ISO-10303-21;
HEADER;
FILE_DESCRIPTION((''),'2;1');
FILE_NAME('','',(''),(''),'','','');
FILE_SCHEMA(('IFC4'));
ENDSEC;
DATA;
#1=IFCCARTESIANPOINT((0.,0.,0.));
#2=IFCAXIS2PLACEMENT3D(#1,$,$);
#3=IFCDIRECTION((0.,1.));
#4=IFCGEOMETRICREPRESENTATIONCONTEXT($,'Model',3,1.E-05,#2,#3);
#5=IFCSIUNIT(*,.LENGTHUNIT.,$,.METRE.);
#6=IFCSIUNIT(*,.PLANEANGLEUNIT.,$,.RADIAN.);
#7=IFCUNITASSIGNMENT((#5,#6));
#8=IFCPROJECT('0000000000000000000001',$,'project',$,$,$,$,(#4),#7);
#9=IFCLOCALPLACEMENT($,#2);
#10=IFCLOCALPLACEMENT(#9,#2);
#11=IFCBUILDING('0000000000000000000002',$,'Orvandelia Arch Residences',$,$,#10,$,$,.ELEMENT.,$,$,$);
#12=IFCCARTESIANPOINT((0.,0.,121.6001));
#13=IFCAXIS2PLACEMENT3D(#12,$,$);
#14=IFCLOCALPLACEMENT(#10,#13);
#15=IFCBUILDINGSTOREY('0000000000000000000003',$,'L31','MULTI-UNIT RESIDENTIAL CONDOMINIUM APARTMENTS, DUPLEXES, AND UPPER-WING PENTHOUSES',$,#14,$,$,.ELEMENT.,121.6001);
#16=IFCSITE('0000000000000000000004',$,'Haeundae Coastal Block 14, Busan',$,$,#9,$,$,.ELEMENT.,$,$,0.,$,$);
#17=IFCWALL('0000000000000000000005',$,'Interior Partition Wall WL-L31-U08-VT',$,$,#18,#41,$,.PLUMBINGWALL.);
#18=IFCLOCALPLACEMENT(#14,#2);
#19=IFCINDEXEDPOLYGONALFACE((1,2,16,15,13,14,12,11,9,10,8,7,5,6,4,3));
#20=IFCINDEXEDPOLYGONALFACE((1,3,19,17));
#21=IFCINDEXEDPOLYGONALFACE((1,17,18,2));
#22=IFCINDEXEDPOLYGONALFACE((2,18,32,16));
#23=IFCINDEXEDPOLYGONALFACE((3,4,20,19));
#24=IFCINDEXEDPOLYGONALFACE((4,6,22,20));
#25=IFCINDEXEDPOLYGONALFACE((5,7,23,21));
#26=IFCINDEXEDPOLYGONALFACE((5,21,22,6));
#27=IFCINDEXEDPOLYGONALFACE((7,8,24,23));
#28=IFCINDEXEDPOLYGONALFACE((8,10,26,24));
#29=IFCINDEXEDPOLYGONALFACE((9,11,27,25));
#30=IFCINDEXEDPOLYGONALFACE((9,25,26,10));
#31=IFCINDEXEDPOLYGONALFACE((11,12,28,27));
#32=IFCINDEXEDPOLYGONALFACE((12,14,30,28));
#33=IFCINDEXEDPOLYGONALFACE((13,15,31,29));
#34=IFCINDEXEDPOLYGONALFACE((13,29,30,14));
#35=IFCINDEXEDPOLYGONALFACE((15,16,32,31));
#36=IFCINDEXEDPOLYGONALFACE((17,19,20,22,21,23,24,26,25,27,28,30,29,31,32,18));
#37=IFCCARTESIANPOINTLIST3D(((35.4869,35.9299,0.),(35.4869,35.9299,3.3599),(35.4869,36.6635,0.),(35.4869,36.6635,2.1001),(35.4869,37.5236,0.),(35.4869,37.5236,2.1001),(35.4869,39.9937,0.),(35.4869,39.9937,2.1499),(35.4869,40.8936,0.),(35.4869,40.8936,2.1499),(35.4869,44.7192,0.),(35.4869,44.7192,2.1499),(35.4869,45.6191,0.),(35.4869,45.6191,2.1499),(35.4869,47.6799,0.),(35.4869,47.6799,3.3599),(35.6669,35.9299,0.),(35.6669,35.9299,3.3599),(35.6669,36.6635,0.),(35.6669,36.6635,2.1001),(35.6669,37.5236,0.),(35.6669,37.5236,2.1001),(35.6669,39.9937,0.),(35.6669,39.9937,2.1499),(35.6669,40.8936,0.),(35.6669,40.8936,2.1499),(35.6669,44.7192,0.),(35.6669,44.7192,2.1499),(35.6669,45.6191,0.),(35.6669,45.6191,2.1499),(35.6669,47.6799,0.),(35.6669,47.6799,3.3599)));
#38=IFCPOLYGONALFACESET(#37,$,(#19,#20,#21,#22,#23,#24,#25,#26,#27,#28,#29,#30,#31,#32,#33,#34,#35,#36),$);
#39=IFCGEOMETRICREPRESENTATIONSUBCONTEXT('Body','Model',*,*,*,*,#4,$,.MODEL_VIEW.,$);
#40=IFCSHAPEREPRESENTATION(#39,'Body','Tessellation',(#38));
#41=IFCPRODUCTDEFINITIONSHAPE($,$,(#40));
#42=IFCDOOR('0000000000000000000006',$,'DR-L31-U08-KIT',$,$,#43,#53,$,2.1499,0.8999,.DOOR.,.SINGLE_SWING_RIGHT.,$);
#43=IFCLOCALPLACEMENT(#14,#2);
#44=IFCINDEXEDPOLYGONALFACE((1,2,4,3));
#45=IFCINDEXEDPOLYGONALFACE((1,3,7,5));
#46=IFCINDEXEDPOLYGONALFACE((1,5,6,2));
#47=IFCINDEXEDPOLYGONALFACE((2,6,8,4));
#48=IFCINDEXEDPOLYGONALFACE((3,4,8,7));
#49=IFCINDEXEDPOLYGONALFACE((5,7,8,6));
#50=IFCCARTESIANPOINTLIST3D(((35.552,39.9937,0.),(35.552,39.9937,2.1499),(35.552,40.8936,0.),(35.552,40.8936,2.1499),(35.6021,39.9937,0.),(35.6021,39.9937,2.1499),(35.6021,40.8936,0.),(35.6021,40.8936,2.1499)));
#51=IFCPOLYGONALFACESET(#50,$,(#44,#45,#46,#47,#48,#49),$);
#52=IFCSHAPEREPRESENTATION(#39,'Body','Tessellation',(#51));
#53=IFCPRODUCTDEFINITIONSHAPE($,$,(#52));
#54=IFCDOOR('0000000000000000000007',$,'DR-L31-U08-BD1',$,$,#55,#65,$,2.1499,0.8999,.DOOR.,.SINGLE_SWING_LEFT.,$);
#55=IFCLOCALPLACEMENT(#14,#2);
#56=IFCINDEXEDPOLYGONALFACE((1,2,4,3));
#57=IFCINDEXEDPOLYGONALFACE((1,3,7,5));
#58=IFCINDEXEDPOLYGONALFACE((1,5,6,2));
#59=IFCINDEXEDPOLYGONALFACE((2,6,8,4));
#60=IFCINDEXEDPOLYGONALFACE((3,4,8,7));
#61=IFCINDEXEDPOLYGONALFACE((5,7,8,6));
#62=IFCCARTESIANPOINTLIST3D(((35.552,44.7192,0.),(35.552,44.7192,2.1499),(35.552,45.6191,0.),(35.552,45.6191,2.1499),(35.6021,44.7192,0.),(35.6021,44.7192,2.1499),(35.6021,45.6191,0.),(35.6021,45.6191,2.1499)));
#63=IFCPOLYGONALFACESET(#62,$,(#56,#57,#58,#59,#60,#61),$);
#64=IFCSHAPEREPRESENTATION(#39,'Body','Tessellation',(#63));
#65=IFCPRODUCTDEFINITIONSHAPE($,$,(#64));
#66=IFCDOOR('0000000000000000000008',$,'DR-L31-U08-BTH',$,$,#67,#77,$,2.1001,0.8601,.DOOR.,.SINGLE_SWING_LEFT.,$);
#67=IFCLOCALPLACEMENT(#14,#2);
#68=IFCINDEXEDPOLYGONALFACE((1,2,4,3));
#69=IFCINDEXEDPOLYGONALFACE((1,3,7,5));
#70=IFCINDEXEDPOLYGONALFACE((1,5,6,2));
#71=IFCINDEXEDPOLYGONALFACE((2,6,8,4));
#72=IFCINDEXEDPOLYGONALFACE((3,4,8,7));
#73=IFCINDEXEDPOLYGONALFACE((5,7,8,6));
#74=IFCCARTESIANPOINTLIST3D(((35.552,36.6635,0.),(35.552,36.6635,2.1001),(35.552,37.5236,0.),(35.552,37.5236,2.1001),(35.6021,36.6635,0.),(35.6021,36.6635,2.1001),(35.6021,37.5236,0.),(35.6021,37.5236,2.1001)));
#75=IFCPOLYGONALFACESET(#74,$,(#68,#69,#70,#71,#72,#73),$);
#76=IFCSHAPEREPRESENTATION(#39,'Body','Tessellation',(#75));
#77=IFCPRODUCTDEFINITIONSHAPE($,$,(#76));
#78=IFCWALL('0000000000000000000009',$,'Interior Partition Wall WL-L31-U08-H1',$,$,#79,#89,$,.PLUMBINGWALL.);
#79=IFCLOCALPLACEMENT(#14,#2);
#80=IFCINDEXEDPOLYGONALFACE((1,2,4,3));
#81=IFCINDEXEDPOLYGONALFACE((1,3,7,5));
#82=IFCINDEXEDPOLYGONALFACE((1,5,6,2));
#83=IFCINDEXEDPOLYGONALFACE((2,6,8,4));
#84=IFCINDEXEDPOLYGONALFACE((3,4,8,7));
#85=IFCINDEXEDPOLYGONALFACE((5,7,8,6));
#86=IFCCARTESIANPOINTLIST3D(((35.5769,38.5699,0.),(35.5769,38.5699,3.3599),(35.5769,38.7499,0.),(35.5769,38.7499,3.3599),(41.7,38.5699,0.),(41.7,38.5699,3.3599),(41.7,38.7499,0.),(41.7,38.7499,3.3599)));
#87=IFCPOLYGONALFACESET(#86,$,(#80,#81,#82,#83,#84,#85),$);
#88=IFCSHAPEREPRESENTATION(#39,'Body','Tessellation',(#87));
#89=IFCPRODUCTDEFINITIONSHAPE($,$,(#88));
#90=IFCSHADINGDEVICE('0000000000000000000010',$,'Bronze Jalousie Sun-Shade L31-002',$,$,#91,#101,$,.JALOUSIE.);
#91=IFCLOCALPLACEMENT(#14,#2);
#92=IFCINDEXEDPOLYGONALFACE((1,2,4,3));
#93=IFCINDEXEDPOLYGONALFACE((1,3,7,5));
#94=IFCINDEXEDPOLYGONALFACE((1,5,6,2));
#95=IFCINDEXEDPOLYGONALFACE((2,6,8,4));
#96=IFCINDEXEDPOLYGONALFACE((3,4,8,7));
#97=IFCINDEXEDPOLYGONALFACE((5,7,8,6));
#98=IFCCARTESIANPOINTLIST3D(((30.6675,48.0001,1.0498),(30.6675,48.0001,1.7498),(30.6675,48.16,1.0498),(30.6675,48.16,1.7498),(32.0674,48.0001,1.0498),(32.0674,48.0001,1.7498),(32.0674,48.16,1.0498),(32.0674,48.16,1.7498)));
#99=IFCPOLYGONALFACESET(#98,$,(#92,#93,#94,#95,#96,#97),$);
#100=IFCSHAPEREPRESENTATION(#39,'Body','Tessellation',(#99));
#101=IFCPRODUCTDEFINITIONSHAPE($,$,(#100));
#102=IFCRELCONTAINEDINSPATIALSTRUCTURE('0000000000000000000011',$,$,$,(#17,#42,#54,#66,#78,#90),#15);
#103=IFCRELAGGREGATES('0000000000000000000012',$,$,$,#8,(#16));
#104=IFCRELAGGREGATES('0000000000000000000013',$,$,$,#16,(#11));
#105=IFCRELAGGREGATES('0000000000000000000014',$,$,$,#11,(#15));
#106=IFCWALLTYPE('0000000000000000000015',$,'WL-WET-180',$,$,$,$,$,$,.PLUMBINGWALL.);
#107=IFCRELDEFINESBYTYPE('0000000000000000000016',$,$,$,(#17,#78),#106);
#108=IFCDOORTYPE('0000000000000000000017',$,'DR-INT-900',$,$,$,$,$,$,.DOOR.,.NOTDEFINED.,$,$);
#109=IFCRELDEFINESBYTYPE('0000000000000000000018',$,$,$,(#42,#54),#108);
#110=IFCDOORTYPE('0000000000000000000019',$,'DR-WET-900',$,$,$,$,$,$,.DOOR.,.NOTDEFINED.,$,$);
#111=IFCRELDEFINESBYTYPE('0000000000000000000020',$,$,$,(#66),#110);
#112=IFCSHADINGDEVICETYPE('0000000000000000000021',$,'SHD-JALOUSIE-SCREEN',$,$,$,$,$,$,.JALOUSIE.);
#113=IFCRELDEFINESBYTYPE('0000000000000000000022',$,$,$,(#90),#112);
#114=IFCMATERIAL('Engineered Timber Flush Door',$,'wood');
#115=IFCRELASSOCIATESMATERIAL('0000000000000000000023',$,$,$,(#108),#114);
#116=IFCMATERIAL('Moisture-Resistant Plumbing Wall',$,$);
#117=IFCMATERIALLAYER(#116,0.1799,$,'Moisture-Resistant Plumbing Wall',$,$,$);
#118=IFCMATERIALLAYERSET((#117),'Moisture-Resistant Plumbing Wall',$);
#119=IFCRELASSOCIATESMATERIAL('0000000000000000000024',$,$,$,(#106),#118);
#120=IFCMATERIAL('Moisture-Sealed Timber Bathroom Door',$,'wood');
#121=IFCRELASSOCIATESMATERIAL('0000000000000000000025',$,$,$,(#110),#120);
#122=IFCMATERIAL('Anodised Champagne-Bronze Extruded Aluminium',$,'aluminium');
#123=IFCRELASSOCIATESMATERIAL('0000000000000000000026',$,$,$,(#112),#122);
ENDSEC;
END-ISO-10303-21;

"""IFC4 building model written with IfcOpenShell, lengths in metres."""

from ifc_helpers import new_model, si_unit, direction, frame, frame_2d, origin, origin_2d, place, context, subcontext, project, spatial, rectangle, extrude, material, layer, layer_set, type_object, element, fill, save


model = new_model("IFC4")

# Units and contexts
model_context = context("Model", 3, precision=1e-05, world=origin(), true_north=direction((0.0, 1.0)))
body_context = subcontext(model_context, "Body", "Model", "MODEL_VIEW")
ifc_project = project(units=[si_unit("LENGTHUNIT", "METRE"), si_unit("PLANEANGLEUNIT", "RADIAN")], contexts=[model_context])

# Site, building, storey
site_placement = place(None, origin())
site = spatial("IfcSite", under=ifc_project, at=site_placement, Name="Haeundae Coastal Block 14, Busan", CompositionType="ELEMENT", RefElevation=0.0)
building_placement = place(site_placement, origin())
building = spatial("IfcBuilding", under=site, at=building_placement, Name="Orvandelia Arch Residences", CompositionType="ELEMENT")
storey_placement = place(building_placement, frame((0.0, 0.0, 121.6001)))
storey = spatial("IfcBuildingStorey", under=building, at=storey_placement, Name="L31", Description="MULTI-UNIT RESIDENTIAL CONDOMINIUM APARTMENTS, DUPLEXES, AND UPPER-WING PENTHOUSES", CompositionType="ELEMENT", Elevation=121.6001)

# Shared definitions
ifc_material_1 = material(Name="Engineered Timber Flush Door", Category="wood")
door_type_1 = type_object("IfcDoorType", Name="DR-INT-900", OperationType="NOTDEFINED", PredefinedType="DOOR", material=ifc_material_1)

# Wall, openings, doors
ifc_material_2 = material(Name="Moisture-Resistant Plumbing Wall")
ifc_layer_1 = layer(ifc_material_2, 0.1799, Name="Moisture-Resistant Plumbing Wall")
ifc_layer_set_1 = layer_set([ifc_layer_1], Name="Moisture-Resistant Plumbing Wall")
wall_type_1 = type_object("IfcWallType", Name="WL-WET-180", PredefinedType="PLUMBINGWALL", material=ifc_layer_set_1)
wall_1_placement = place(storey_placement, frame((35.5769, 35.9299, 0.0), z_axis=(0.0, 0.0, 1.0), x_axis=(0.0, 1.0, 0.0)))
wall_1 = element("IfcWall", 1, at=wall_1_placement, inside=storey, type_object=wall_type_1, Name="Interior Partition Wall WL-L31-U08-VT", PredefinedType="PLUMBINGWALL", context=body_context, shape_type="SweptSolid", body=[
    extrude(rectangle(XDim=11.75, YDim=0.1799, at=frame_2d((5.875, 0.0))), origin(), (0.0, 0.0, 1.0), 3.3599),
])
opening_1_placement = place(wall_1_placement, frame((0.7334, 0.0, 0.0)))
opening_1 = element("IfcOpeningElement", 2, at=opening_1_placement, cuts=wall_1, PredefinedType="OPENING", context=body_context, shape_type="SweptSolid", body=[
    extrude(rectangle(XDim=0.8601, YDim=2.1001, at=frame_2d((0.4302, 1.05))), frame((0.0, 0.1001, 0.0), z_axis=(0.0, -1.0, 0.0), x_axis=(1.0, 0.0, 0.0)), (0.0, 0.0, 1.0), 0.2),
])
opening_2_placement = place(wall_1_placement, frame((4.0637, 0.0, 0.0)))
opening_2 = element("IfcOpeningElement", 3, at=opening_2_placement, cuts=wall_1, PredefinedType="OPENING", context=body_context, shape_type="SweptSolid", body=[
    extrude(rectangle(XDim=0.8999, YDim=2.1499, at=frame_2d((0.45, 1.075))), frame((0.0, 0.1001, 0.0), z_axis=(0.0, -1.0, 0.0), x_axis=(1.0, 0.0, 0.0)), (0.0, 0.0, 1.0), 0.2),
])
opening_3_placement = place(wall_1_placement, frame((8.7893, 0.0, 0.0)))
opening_3 = element("IfcOpeningElement", 4, at=opening_3_placement, cuts=wall_1, PredefinedType="OPENING", context=body_context, shape_type="SweptSolid", body=[
    extrude(rectangle(XDim=0.8999, YDim=2.1499, at=frame_2d((0.45, 1.075))), frame((0.0, 0.1001, 0.0), z_axis=(0.0, -1.0, 0.0), x_axis=(1.0, 0.0, 0.0)), (0.0, 0.0, 1.0), 0.2),
])
door_1_placement = place(opening_2_placement, origin())
door_1 = element("IfcDoor", 5, at=door_1_placement, inside=storey, type_object=door_type_1, Name="DR-L31-U08-KIT", OperationType="SINGLE_SWING_RIGHT", OverallHeight=2.1499, OverallWidth=0.8999, PredefinedType="DOOR", context=body_context, shape_type="SweptSolid", body=[
    extrude(rectangle(XDim=0.8999, YDim=2.1499, at=frame_2d((0.45, 1.075))), frame((0.0, 0.0249, 0.0), z_axis=(0.0, -1.0, 0.0), x_axis=(1.0, 0.0, 0.0)), (0.0, 0.0, 1.0), 0.05),
])
fill(opening_2, door_1)
door_2_placement = place(opening_3_placement, origin())
door_2 = element("IfcDoor", 6, at=door_2_placement, inside=storey, type_object=door_type_1, Name="DR-L31-U08-BD1", OperationType="SINGLE_SWING_LEFT", OverallHeight=2.1499, OverallWidth=0.8999, PredefinedType="DOOR", context=body_context, shape_type="SweptSolid", body=[
    extrude(rectangle(XDim=0.8999, YDim=2.1499, at=frame_2d((0.45, 1.075))), frame((0.0, 0.0249, 0.0), z_axis=(0.0, -1.0, 0.0), x_axis=(1.0, 0.0, 0.0)), (0.0, 0.0, 1.0), 0.05),
])
fill(opening_3, door_2)
ifc_material_3 = material(Name="Moisture-Sealed Timber Bathroom Door", Category="wood")
door_type_2 = type_object("IfcDoorType", Name="DR-WET-900", OperationType="NOTDEFINED", PredefinedType="DOOR", material=ifc_material_3)
door_3_placement = place(opening_1_placement, origin())
door_3 = element("IfcDoor", 7, at=door_3_placement, inside=storey, type_object=door_type_2, Name="DR-L31-U08-BTH", OperationType="SINGLE_SWING_LEFT", OverallHeight=2.1001, OverallWidth=0.8601, PredefinedType="DOOR", context=body_context, shape_type="SweptSolid", body=[
    extrude(rectangle(XDim=0.8601, YDim=2.1001, at=frame_2d((0.4302, 1.05))), frame((0.0, 0.0249, 0.0), z_axis=(0.0, -1.0, 0.0), x_axis=(1.0, 0.0, 0.0)), (0.0, 0.0, 1.0), 0.05),
])
fill(opening_1, door_3)

# Wall
wall_2_placement = place(storey_placement, frame((35.5769, 38.6599, 0.0), z_axis=(0.0, 0.0, 1.0), x_axis=(1.0, 0.0, 0.0)))
element("IfcWall", 8, at=wall_2_placement, inside=storey, type_object=wall_type_1, Name="Interior Partition Wall WL-L31-U08-H1", PredefinedType="PLUMBINGWALL", context=body_context, shape_type="SweptSolid", body=[
    extrude(rectangle(XDim=6.123, YDim=0.1799, at=frame_2d((3.0615, 0.0))), origin(), (0.0, 0.0, 1.0), 3.3599),
])

# Shading device
ifc_material_4 = material(Name="Anodised Champagne-Bronze Extruded Aluminium", Category="aluminium")
shading_device_type = type_object("IfcShadingDeviceType", Name="SHD-JALOUSIE-SCREEN", PredefinedType="JALOUSIE", material=ifc_material_4)
shading_device_placement = place(storey_placement, frame((31.3674, 48.0801, 1.0498), z_axis=(0.0, 0.0, 1.0), x_axis=(1.0, 0.0, 0.0)))
element("IfcShadingDevice", 9, at=shading_device_placement, inside=storey, type_object=shading_device_type, Name="Bronze Jalousie Sun-Shade L31-002", PredefinedType="JALOUSIE", context=body_context, shape_type="SweptSolid", body=[
    extrude(rectangle(XDim=1.3999, YDim=0.1599, at=origin_2d()), origin(), (0.0, 0.0, 1.0), 0.7),
])

save(model, "model.ifc")
